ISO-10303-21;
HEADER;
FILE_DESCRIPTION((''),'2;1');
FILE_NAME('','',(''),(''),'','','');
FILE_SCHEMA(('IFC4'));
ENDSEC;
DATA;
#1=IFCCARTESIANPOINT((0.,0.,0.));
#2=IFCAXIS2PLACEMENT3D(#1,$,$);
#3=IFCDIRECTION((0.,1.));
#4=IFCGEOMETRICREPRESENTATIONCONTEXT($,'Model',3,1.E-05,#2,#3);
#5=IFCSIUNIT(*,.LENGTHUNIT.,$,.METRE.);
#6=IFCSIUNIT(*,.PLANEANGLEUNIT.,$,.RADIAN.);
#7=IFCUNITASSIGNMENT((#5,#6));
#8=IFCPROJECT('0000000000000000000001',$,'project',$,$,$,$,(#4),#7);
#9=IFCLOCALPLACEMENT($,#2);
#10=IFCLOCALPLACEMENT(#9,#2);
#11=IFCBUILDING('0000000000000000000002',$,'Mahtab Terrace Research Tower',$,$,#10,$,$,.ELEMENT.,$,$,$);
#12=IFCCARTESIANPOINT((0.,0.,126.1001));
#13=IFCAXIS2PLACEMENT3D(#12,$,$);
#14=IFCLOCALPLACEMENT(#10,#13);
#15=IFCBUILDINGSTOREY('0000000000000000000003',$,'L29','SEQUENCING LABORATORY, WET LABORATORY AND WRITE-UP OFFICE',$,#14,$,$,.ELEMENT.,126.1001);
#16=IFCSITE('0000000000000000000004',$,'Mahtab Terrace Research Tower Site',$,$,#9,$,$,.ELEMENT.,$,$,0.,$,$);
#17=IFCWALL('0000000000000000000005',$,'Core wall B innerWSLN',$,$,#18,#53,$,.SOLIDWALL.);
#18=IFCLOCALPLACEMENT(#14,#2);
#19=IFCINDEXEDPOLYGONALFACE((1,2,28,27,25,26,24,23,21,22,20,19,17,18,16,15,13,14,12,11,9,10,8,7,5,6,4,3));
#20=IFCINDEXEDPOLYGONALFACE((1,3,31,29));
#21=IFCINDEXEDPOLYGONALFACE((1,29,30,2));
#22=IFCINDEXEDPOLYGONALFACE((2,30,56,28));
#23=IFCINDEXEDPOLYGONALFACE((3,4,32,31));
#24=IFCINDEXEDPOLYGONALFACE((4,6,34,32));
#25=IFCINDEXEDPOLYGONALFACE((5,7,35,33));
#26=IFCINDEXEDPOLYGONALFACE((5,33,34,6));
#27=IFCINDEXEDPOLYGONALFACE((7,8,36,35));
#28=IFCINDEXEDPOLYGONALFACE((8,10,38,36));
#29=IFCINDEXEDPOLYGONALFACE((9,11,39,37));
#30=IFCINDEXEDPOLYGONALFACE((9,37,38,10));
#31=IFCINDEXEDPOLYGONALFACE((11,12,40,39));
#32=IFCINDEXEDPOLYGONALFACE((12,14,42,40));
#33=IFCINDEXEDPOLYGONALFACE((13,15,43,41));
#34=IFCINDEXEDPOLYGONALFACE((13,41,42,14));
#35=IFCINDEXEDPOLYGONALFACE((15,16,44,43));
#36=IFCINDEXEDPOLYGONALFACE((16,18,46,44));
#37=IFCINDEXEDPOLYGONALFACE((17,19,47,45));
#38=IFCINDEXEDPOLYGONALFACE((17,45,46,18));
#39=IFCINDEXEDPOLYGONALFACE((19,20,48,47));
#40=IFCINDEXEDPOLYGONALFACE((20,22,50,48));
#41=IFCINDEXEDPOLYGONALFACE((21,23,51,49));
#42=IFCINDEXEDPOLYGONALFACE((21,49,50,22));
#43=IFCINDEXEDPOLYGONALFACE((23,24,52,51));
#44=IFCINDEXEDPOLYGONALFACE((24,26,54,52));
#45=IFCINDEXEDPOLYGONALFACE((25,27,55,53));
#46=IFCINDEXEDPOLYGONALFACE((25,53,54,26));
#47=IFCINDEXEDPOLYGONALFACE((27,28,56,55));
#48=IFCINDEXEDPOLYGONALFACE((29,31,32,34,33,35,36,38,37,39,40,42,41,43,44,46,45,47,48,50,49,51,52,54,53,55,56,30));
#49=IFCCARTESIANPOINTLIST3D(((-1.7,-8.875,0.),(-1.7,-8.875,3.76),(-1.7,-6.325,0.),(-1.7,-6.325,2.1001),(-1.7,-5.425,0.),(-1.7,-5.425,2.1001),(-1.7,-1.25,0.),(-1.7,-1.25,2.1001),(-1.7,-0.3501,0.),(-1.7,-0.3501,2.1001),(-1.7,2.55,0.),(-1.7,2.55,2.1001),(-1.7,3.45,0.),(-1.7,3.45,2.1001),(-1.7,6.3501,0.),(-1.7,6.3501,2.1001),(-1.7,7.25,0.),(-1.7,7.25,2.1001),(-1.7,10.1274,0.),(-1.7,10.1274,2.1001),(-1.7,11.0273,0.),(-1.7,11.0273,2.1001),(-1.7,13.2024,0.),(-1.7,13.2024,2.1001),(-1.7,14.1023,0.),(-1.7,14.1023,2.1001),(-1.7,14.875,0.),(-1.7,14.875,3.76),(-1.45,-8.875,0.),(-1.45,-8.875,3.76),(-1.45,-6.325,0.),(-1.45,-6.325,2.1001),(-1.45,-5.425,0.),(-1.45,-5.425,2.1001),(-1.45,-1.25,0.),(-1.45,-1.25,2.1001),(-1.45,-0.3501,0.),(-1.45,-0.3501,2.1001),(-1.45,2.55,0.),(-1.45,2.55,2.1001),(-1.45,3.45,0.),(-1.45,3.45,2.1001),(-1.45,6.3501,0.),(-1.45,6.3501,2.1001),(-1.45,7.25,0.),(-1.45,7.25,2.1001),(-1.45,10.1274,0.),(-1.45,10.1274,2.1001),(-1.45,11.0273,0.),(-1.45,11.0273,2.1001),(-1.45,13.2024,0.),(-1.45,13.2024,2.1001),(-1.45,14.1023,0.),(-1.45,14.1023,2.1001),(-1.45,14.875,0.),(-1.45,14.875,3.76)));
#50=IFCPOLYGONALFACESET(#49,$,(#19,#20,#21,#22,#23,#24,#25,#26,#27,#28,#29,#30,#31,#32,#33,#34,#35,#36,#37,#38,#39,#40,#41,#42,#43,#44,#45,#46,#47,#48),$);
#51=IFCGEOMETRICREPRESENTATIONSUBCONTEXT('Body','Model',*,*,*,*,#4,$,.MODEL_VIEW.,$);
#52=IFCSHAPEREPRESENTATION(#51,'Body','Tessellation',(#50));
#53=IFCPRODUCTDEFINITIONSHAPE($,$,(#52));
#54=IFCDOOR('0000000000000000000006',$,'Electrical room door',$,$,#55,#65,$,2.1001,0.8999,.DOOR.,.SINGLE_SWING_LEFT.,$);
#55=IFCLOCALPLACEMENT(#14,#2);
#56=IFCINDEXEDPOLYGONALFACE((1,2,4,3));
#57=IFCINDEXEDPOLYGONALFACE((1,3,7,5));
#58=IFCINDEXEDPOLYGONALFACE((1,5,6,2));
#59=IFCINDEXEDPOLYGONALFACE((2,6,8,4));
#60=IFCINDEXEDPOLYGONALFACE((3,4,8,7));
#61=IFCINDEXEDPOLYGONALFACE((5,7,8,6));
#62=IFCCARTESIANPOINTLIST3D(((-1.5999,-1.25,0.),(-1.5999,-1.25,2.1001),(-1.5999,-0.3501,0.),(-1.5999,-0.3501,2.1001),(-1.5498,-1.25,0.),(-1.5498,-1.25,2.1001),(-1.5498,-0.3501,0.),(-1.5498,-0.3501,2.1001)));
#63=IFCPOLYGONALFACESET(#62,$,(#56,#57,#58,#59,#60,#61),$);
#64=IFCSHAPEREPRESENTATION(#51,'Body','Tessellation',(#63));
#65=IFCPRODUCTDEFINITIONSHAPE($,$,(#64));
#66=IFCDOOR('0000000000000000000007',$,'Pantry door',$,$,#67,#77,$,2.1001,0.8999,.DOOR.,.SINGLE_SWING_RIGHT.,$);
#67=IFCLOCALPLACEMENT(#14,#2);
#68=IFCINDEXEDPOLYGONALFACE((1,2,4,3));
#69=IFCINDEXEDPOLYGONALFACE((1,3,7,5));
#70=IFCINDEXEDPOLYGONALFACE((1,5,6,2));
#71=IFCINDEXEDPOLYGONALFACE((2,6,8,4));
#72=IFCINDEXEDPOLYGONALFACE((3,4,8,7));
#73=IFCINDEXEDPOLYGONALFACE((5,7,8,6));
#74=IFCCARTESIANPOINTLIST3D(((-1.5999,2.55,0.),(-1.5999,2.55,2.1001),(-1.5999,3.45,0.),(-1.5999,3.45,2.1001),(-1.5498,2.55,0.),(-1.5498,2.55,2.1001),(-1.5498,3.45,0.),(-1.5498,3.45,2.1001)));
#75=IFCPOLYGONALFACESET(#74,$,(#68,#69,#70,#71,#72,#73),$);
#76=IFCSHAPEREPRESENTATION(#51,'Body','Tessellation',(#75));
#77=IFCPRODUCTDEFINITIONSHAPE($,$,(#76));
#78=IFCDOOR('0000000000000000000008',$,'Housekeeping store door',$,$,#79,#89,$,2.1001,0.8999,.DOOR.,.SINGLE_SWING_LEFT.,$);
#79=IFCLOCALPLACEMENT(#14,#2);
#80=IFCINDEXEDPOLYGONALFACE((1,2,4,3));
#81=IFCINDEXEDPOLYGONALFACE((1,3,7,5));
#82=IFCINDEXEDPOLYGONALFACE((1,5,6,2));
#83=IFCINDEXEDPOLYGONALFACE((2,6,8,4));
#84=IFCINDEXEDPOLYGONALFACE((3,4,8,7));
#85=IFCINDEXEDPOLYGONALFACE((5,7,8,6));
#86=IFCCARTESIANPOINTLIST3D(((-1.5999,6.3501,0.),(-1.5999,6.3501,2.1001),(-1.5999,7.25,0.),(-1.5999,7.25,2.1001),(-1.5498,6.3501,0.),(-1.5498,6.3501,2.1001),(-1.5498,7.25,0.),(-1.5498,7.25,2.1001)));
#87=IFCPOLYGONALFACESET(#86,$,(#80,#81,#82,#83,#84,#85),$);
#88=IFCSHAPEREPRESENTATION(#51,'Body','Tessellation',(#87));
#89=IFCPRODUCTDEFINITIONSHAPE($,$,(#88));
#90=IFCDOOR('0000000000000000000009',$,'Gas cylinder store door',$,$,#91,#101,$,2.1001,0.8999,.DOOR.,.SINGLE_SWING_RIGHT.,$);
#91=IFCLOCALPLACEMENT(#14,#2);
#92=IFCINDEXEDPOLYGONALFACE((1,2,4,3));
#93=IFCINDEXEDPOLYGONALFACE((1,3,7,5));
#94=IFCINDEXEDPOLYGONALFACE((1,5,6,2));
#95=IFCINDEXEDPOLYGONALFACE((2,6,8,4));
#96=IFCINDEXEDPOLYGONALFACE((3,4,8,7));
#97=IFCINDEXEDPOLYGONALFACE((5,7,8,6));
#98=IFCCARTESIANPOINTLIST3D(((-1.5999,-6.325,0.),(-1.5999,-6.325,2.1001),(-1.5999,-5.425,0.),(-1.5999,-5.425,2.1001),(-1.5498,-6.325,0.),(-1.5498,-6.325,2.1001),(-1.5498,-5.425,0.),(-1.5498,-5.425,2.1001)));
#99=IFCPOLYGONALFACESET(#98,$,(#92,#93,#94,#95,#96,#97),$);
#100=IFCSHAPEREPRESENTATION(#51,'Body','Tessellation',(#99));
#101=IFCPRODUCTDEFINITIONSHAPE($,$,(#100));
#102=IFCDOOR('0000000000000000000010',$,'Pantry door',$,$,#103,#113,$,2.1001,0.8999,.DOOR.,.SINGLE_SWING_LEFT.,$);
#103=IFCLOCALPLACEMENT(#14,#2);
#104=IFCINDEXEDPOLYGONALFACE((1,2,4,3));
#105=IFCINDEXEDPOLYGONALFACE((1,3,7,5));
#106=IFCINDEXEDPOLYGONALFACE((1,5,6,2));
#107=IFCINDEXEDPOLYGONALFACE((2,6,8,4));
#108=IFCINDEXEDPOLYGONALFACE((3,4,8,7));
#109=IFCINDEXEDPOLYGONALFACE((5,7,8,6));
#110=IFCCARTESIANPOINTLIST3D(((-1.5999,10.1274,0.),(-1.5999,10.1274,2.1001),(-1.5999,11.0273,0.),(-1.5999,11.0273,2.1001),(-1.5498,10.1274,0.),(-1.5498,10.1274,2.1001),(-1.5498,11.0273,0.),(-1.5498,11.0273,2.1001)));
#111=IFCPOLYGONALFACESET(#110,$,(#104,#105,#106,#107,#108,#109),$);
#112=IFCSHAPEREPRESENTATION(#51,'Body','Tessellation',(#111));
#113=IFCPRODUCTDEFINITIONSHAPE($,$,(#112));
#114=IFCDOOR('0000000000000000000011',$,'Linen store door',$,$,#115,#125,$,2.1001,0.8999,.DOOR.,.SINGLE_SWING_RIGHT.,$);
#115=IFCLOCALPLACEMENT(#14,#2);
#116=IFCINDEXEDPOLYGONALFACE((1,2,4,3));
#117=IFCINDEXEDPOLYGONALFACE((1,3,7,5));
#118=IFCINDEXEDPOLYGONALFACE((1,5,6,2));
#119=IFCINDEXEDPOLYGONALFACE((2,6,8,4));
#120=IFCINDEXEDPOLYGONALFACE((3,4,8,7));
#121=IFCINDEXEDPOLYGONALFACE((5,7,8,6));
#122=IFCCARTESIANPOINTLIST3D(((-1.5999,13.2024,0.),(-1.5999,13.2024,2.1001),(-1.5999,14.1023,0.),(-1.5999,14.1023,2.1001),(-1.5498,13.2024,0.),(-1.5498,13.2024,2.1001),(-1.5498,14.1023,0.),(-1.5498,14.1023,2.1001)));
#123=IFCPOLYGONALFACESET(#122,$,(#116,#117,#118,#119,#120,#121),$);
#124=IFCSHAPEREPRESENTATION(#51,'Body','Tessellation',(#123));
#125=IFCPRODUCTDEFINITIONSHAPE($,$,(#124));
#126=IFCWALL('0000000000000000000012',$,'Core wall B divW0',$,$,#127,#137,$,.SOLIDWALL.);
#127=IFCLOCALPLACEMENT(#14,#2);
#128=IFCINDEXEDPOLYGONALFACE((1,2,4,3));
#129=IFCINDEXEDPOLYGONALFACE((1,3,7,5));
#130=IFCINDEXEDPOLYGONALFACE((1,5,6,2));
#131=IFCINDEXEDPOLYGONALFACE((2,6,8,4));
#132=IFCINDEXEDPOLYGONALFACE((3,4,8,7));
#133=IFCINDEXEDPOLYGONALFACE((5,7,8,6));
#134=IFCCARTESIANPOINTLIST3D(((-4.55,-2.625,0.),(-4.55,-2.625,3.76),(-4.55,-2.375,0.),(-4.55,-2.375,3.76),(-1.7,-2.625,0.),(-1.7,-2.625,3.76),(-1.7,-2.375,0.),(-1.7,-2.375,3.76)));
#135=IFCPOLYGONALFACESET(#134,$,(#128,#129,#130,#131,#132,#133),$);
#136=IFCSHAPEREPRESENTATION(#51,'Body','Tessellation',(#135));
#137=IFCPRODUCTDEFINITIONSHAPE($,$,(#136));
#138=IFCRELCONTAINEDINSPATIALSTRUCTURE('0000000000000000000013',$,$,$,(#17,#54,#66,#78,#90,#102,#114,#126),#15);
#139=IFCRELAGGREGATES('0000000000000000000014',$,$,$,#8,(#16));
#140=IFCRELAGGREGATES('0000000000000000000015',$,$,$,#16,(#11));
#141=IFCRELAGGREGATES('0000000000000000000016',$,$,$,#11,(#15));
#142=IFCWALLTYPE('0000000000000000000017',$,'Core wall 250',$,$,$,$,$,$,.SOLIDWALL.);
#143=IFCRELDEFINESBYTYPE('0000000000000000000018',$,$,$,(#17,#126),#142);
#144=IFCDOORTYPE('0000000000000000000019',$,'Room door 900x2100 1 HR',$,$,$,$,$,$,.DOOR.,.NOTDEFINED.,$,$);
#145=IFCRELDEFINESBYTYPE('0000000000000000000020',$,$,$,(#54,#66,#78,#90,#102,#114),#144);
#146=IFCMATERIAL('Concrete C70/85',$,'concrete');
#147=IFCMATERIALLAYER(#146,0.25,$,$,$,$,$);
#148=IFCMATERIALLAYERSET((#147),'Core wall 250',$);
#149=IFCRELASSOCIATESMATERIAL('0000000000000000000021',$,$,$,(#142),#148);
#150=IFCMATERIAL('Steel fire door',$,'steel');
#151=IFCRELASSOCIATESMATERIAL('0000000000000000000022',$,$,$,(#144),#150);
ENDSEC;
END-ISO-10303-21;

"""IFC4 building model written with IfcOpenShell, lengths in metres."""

from ifc_helpers import new_model, si_unit, direction, frame, frame_2d, origin, place, context, subcontext, project, spatial, rectangle, extrude, material, layer, layer_set, type_object, element, fill, save


model = new_model("IFC4")

# Units and contexts
model_context = context("Model", 3, precision=1e-05, world=origin(), true_north=direction((0.0, 1.0)))
body_context = subcontext(model_context, "Body", "Model", "MODEL_VIEW")
ifc_project = project(units=[si_unit("LENGTHUNIT", "METRE"), si_unit("PLANEANGLEUNIT", "RADIAN")], contexts=[model_context])

# Site, building, storey
site_placement = place(None, origin())
site = spatial("IfcSite", under=ifc_project, at=site_placement, Name="Mahtab Terrace Research Tower Site", CompositionType="ELEMENT", RefElevation=0.0)
building_placement = place(site_placement, origin())
building = spatial("IfcBuilding", under=site, at=building_placement, Name="Mahtab Terrace Research Tower", CompositionType="ELEMENT")
storey_placement = place(building_placement, frame((0.0, 0.0, 126.1001)))
storey = spatial("IfcBuildingStorey", under=building, at=storey_placement, Name="L29", Description="SEQUENCING LABORATORY, WET LABORATORY AND WRITE-UP OFFICE", CompositionType="ELEMENT", Elevation=126.1001)

# Shared definitions
ifc_material_1 = material(Name="Concrete C70/85", Category="concrete")

# Wall, openings, doors
ifc_layer_1 = layer(ifc_material_1, 0.25)
ifc_layer_set_1 = layer_set([ifc_layer_1], Name="Core wall 250")
wall_type_1 = type_object("IfcWallType", Name="Core wall 250", PredefinedType="SOLIDWALL", material=ifc_layer_set_1)
wall_1_placement = place(storey_placement, frame((-1.575, -8.875, 0.0), z_axis=(0.0, 0.0, 1.0), x_axis=(0.0, 1.0, 0.0)))
wall_1 = element("IfcWall", 1, at=wall_1_placement, inside=storey, type_object=wall_type_1, Name="Core wall B innerWSLN", PredefinedType="SOLIDWALL", context=body_context, shape_type="SweptSolid", body=[
    extrude(rectangle(XDim=23.75, YDim=0.25, at=frame_2d((11.875, 0.0))), origin(), (0.0, 0.0, 1.0), 3.76),
])
opening_1_placement = place(wall_1_placement, frame((7.625, 0.0, 0.0)))
opening_1 = element("IfcOpeningElement", 2, at=opening_1_placement, cuts=wall_1, PredefinedType="OPENING", context=body_context, shape_type="SweptSolid", body=[
    extrude(rectangle(XDim=0.8999, YDim=2.1001, at=frame_2d((0.45, 1.05))), frame((0.0, 0.135, 0.0), z_axis=(0.0, -1.0, 0.0), x_axis=(1.0, 0.0, 0.0)), (0.0, 0.0, 1.0), 0.27),
])
opening_2_placement = place(wall_1_placement, frame((11.425, 0.0, 0.0)))
opening_2 = element("IfcOpeningElement", 3, at=opening_2_placement, cuts=wall_1, PredefinedType="OPENING", context=body_context, shape_type="SweptSolid", body=[
    extrude(rectangle(XDim=0.8999, YDim=2.1001, at=frame_2d((0.45, 1.05))), frame((0.0, 0.135, 0.0), z_axis=(0.0, -1.0, 0.0), x_axis=(1.0, 0.0, 0.0)), (0.0, 0.0, 1.0), 0.27),
])
opening_3_placement = place(wall_1_placement, frame((15.2251, 0.0, 0.0)))
opening_3 = element("IfcOpeningElement", 4, at=opening_3_placement, cuts=wall_1, PredefinedType="OPENING", context=body_context, shape_type="SweptSolid", body=[
    extrude(rectangle(XDim=0.8999, YDim=2.1001, at=frame_2d((0.45, 1.05))), frame((0.0, 0.135, 0.0), z_axis=(0.0, -1.0, 0.0), x_axis=(1.0, 0.0, 0.0)), (0.0, 0.0, 1.0), 0.27),
])
opening_4_placement = place(wall_1_placement, frame((2.55, 0.0, 0.0)))
opening_4 = element("IfcOpeningElement", 5, at=opening_4_placement, cuts=wall_1, PredefinedType="OPENING", context=body_context, shape_type="SweptSolid", body=[
    extrude(rectangle(XDim=0.8999, YDim=2.1001, at=frame_2d((0.45, 1.05))), frame((0.0, 0.135, 0.0), z_axis=(0.0, -1.0, 0.0), x_axis=(1.0, 0.0, 0.0)), (0.0, 0.0, 1.0), 0.27),
])
opening_5_placement = place(wall_1_placement, frame((19.0024, 0.0, 0.0)))
opening_5 = element("IfcOpeningElement", 6, at=opening_5_placement, cuts=wall_1, PredefinedType="OPENING", context=body_context, shape_type="SweptSolid", body=[
    extrude(rectangle(XDim=0.8999, YDim=2.1001, at=frame_2d((0.45, 1.05))), frame((0.0, 0.135, 0.0), z_axis=(0.0, -1.0, 0.0), x_axis=(1.0, 0.0, 0.0)), (0.0, 0.0, 1.0), 0.27),
])
opening_6_placement = place(wall_1_placement, frame((22.0774, 0.0, 0.0)))
opening_6 = element("IfcOpeningElement", 7, at=opening_6_placement, cuts=wall_1, PredefinedType="OPENING", context=body_context, shape_type="SweptSolid", body=[
    extrude(rectangle(XDim=0.8999, YDim=2.1001, at=frame_2d((0.45, 1.05))), frame((0.0, 0.135, 0.0), z_axis=(0.0, -1.0, 0.0), x_axis=(1.0, 0.0, 0.0)), (0.0, 0.0, 1.0), 0.27),
])
ifc_material_2 = material(Name="Steel fire door", Category="steel")
door_type_1 = type_object("IfcDoorType", Name="Room door 900x2100 1 HR", OperationType="NOTDEFINED", PredefinedType="DOOR", material=ifc_material_2)
door_1_placement = place(opening_1_placement, origin())
door_1 = element("IfcDoor", 8, at=door_1_placement, inside=storey, type_object=door_type_1, Name="Electrical room door", OperationType="SINGLE_SWING_LEFT", OverallHeight=2.1001, OverallWidth=0.8999, PredefinedType="DOOR", context=body_context, shape_type="SweptSolid", body=[
    extrude(rectangle(XDim=0.8999, YDim=2.1001, at=frame_2d((0.45, 1.05))), frame((0.0, 0.0249, 0.0), z_axis=(0.0, -1.0, 0.0), x_axis=(1.0, 0.0, 0.0)), (0.0, 0.0, 1.0), 0.05),
])
fill(opening_1, door_1)
door_2_placement = place(opening_2_placement, origin())
door_2 = element("IfcDoor", 9, at=door_2_placement, inside=storey, type_object=door_type_1, Name="Pantry door", OperationType="SINGLE_SWING_RIGHT", OverallHeight=2.1001, OverallWidth=0.8999, PredefinedType="DOOR", context=body_context, shape_type="SweptSolid", body=[
    extrude(rectangle(XDim=0.8999, YDim=2.1001, at=frame_2d((0.45, 1.05))), frame((0.0, 0.0249, 0.0), z_axis=(0.0, -1.0, 0.0), x_axis=(1.0, 0.0, 0.0)), (0.0, 0.0, 1.0), 0.05),
])
fill(opening_2, door_2)
door_3_placement = place(opening_3_placement, origin())
door_3 = element("IfcDoor", 10, at=door_3_placement, inside=storey, type_object=door_type_1, Name="Housekeeping store door", OperationType="SINGLE_SWING_LEFT", OverallHeight=2.1001, OverallWidth=0.8999, PredefinedType="DOOR", context=body_context, shape_type="SweptSolid", body=[
    extrude(rectangle(XDim=0.8999, YDim=2.1001, at=frame_2d((0.45, 1.05))), frame((0.0, 0.0249, 0.0), z_axis=(0.0, -1.0, 0.0), x_axis=(1.0, 0.0, 0.0)), (0.0, 0.0, 1.0), 0.05),
])
fill(opening_3, door_3)
door_4_placement = place(opening_4_placement, origin())
door_4 = element("IfcDoor", 11, at=door_4_placement, inside=storey, type_object=door_type_1, Name="Gas cylinder store door", OperationType="SINGLE_SWING_RIGHT", OverallHeight=2.1001, OverallWidth=0.8999, PredefinedType="DOOR", context=body_context, shape_type="SweptSolid", body=[
    extrude(rectangle(XDim=0.8999, YDim=2.1001, at=frame_2d((0.45, 1.05))), frame((0.0, 0.0249, 0.0), z_axis=(0.0, -1.0, 0.0), x_axis=(1.0, 0.0, 0.0)), (0.0, 0.0, 1.0), 0.05),
])
fill(opening_4, door_4)
door_5_placement = place(opening_5_placement, origin())
door_5 = element("IfcDoor", 12, at=door_5_placement, inside=storey, type_object=door_type_1, Name="Pantry door", OperationType="SINGLE_SWING_LEFT", OverallHeight=2.1001, OverallWidth=0.8999, PredefinedType="DOOR", context=body_context, shape_type="SweptSolid", body=[
    extrude(rectangle(XDim=0.8999, YDim=2.1001, at=frame_2d((0.45, 1.05))), frame((0.0, 0.0249, 0.0), z_axis=(0.0, -1.0, 0.0), x_axis=(1.0, 0.0, 0.0)), (0.0, 0.0, 1.0), 0.05),
])
fill(opening_5, door_5)
door_6_placement = place(opening_6_placement, origin())
door_6 = element("IfcDoor", 13, at=door_6_placement, inside=storey, type_object=door_type_1, Name="Linen store door", OperationType="SINGLE_SWING_RIGHT", OverallHeight=2.1001, OverallWidth=0.8999, PredefinedType="DOOR", context=body_context, shape_type="SweptSolid", body=[
    extrude(rectangle(XDim=0.8999, YDim=2.1001, at=frame_2d((0.45, 1.05))), frame((0.0, 0.0249, 0.0), z_axis=(0.0, -1.0, 0.0), x_axis=(1.0, 0.0, 0.0)), (0.0, 0.0, 1.0), 0.05),
])
fill(opening_6, door_6)

# Wall
wall_2_placement = place(storey_placement, frame((-4.55, -2.5, 0.0), z_axis=(0.0, 0.0, 1.0), x_axis=(1.0, 0.0, 0.0)))
element("IfcWall", 14, at=wall_2_placement, inside=storey, type_object=wall_type_1, Name="Core wall B divW0", PredefinedType="SOLIDWALL", context=body_context, shape_type="SweptSolid", body=[
    extrude(rectangle(XDim=2.8501, YDim=0.25, at=frame_2d((1.425, 0.0))), origin(), (0.0, 0.0, 1.0), 3.76),
])

save(model, "model.ifc")
